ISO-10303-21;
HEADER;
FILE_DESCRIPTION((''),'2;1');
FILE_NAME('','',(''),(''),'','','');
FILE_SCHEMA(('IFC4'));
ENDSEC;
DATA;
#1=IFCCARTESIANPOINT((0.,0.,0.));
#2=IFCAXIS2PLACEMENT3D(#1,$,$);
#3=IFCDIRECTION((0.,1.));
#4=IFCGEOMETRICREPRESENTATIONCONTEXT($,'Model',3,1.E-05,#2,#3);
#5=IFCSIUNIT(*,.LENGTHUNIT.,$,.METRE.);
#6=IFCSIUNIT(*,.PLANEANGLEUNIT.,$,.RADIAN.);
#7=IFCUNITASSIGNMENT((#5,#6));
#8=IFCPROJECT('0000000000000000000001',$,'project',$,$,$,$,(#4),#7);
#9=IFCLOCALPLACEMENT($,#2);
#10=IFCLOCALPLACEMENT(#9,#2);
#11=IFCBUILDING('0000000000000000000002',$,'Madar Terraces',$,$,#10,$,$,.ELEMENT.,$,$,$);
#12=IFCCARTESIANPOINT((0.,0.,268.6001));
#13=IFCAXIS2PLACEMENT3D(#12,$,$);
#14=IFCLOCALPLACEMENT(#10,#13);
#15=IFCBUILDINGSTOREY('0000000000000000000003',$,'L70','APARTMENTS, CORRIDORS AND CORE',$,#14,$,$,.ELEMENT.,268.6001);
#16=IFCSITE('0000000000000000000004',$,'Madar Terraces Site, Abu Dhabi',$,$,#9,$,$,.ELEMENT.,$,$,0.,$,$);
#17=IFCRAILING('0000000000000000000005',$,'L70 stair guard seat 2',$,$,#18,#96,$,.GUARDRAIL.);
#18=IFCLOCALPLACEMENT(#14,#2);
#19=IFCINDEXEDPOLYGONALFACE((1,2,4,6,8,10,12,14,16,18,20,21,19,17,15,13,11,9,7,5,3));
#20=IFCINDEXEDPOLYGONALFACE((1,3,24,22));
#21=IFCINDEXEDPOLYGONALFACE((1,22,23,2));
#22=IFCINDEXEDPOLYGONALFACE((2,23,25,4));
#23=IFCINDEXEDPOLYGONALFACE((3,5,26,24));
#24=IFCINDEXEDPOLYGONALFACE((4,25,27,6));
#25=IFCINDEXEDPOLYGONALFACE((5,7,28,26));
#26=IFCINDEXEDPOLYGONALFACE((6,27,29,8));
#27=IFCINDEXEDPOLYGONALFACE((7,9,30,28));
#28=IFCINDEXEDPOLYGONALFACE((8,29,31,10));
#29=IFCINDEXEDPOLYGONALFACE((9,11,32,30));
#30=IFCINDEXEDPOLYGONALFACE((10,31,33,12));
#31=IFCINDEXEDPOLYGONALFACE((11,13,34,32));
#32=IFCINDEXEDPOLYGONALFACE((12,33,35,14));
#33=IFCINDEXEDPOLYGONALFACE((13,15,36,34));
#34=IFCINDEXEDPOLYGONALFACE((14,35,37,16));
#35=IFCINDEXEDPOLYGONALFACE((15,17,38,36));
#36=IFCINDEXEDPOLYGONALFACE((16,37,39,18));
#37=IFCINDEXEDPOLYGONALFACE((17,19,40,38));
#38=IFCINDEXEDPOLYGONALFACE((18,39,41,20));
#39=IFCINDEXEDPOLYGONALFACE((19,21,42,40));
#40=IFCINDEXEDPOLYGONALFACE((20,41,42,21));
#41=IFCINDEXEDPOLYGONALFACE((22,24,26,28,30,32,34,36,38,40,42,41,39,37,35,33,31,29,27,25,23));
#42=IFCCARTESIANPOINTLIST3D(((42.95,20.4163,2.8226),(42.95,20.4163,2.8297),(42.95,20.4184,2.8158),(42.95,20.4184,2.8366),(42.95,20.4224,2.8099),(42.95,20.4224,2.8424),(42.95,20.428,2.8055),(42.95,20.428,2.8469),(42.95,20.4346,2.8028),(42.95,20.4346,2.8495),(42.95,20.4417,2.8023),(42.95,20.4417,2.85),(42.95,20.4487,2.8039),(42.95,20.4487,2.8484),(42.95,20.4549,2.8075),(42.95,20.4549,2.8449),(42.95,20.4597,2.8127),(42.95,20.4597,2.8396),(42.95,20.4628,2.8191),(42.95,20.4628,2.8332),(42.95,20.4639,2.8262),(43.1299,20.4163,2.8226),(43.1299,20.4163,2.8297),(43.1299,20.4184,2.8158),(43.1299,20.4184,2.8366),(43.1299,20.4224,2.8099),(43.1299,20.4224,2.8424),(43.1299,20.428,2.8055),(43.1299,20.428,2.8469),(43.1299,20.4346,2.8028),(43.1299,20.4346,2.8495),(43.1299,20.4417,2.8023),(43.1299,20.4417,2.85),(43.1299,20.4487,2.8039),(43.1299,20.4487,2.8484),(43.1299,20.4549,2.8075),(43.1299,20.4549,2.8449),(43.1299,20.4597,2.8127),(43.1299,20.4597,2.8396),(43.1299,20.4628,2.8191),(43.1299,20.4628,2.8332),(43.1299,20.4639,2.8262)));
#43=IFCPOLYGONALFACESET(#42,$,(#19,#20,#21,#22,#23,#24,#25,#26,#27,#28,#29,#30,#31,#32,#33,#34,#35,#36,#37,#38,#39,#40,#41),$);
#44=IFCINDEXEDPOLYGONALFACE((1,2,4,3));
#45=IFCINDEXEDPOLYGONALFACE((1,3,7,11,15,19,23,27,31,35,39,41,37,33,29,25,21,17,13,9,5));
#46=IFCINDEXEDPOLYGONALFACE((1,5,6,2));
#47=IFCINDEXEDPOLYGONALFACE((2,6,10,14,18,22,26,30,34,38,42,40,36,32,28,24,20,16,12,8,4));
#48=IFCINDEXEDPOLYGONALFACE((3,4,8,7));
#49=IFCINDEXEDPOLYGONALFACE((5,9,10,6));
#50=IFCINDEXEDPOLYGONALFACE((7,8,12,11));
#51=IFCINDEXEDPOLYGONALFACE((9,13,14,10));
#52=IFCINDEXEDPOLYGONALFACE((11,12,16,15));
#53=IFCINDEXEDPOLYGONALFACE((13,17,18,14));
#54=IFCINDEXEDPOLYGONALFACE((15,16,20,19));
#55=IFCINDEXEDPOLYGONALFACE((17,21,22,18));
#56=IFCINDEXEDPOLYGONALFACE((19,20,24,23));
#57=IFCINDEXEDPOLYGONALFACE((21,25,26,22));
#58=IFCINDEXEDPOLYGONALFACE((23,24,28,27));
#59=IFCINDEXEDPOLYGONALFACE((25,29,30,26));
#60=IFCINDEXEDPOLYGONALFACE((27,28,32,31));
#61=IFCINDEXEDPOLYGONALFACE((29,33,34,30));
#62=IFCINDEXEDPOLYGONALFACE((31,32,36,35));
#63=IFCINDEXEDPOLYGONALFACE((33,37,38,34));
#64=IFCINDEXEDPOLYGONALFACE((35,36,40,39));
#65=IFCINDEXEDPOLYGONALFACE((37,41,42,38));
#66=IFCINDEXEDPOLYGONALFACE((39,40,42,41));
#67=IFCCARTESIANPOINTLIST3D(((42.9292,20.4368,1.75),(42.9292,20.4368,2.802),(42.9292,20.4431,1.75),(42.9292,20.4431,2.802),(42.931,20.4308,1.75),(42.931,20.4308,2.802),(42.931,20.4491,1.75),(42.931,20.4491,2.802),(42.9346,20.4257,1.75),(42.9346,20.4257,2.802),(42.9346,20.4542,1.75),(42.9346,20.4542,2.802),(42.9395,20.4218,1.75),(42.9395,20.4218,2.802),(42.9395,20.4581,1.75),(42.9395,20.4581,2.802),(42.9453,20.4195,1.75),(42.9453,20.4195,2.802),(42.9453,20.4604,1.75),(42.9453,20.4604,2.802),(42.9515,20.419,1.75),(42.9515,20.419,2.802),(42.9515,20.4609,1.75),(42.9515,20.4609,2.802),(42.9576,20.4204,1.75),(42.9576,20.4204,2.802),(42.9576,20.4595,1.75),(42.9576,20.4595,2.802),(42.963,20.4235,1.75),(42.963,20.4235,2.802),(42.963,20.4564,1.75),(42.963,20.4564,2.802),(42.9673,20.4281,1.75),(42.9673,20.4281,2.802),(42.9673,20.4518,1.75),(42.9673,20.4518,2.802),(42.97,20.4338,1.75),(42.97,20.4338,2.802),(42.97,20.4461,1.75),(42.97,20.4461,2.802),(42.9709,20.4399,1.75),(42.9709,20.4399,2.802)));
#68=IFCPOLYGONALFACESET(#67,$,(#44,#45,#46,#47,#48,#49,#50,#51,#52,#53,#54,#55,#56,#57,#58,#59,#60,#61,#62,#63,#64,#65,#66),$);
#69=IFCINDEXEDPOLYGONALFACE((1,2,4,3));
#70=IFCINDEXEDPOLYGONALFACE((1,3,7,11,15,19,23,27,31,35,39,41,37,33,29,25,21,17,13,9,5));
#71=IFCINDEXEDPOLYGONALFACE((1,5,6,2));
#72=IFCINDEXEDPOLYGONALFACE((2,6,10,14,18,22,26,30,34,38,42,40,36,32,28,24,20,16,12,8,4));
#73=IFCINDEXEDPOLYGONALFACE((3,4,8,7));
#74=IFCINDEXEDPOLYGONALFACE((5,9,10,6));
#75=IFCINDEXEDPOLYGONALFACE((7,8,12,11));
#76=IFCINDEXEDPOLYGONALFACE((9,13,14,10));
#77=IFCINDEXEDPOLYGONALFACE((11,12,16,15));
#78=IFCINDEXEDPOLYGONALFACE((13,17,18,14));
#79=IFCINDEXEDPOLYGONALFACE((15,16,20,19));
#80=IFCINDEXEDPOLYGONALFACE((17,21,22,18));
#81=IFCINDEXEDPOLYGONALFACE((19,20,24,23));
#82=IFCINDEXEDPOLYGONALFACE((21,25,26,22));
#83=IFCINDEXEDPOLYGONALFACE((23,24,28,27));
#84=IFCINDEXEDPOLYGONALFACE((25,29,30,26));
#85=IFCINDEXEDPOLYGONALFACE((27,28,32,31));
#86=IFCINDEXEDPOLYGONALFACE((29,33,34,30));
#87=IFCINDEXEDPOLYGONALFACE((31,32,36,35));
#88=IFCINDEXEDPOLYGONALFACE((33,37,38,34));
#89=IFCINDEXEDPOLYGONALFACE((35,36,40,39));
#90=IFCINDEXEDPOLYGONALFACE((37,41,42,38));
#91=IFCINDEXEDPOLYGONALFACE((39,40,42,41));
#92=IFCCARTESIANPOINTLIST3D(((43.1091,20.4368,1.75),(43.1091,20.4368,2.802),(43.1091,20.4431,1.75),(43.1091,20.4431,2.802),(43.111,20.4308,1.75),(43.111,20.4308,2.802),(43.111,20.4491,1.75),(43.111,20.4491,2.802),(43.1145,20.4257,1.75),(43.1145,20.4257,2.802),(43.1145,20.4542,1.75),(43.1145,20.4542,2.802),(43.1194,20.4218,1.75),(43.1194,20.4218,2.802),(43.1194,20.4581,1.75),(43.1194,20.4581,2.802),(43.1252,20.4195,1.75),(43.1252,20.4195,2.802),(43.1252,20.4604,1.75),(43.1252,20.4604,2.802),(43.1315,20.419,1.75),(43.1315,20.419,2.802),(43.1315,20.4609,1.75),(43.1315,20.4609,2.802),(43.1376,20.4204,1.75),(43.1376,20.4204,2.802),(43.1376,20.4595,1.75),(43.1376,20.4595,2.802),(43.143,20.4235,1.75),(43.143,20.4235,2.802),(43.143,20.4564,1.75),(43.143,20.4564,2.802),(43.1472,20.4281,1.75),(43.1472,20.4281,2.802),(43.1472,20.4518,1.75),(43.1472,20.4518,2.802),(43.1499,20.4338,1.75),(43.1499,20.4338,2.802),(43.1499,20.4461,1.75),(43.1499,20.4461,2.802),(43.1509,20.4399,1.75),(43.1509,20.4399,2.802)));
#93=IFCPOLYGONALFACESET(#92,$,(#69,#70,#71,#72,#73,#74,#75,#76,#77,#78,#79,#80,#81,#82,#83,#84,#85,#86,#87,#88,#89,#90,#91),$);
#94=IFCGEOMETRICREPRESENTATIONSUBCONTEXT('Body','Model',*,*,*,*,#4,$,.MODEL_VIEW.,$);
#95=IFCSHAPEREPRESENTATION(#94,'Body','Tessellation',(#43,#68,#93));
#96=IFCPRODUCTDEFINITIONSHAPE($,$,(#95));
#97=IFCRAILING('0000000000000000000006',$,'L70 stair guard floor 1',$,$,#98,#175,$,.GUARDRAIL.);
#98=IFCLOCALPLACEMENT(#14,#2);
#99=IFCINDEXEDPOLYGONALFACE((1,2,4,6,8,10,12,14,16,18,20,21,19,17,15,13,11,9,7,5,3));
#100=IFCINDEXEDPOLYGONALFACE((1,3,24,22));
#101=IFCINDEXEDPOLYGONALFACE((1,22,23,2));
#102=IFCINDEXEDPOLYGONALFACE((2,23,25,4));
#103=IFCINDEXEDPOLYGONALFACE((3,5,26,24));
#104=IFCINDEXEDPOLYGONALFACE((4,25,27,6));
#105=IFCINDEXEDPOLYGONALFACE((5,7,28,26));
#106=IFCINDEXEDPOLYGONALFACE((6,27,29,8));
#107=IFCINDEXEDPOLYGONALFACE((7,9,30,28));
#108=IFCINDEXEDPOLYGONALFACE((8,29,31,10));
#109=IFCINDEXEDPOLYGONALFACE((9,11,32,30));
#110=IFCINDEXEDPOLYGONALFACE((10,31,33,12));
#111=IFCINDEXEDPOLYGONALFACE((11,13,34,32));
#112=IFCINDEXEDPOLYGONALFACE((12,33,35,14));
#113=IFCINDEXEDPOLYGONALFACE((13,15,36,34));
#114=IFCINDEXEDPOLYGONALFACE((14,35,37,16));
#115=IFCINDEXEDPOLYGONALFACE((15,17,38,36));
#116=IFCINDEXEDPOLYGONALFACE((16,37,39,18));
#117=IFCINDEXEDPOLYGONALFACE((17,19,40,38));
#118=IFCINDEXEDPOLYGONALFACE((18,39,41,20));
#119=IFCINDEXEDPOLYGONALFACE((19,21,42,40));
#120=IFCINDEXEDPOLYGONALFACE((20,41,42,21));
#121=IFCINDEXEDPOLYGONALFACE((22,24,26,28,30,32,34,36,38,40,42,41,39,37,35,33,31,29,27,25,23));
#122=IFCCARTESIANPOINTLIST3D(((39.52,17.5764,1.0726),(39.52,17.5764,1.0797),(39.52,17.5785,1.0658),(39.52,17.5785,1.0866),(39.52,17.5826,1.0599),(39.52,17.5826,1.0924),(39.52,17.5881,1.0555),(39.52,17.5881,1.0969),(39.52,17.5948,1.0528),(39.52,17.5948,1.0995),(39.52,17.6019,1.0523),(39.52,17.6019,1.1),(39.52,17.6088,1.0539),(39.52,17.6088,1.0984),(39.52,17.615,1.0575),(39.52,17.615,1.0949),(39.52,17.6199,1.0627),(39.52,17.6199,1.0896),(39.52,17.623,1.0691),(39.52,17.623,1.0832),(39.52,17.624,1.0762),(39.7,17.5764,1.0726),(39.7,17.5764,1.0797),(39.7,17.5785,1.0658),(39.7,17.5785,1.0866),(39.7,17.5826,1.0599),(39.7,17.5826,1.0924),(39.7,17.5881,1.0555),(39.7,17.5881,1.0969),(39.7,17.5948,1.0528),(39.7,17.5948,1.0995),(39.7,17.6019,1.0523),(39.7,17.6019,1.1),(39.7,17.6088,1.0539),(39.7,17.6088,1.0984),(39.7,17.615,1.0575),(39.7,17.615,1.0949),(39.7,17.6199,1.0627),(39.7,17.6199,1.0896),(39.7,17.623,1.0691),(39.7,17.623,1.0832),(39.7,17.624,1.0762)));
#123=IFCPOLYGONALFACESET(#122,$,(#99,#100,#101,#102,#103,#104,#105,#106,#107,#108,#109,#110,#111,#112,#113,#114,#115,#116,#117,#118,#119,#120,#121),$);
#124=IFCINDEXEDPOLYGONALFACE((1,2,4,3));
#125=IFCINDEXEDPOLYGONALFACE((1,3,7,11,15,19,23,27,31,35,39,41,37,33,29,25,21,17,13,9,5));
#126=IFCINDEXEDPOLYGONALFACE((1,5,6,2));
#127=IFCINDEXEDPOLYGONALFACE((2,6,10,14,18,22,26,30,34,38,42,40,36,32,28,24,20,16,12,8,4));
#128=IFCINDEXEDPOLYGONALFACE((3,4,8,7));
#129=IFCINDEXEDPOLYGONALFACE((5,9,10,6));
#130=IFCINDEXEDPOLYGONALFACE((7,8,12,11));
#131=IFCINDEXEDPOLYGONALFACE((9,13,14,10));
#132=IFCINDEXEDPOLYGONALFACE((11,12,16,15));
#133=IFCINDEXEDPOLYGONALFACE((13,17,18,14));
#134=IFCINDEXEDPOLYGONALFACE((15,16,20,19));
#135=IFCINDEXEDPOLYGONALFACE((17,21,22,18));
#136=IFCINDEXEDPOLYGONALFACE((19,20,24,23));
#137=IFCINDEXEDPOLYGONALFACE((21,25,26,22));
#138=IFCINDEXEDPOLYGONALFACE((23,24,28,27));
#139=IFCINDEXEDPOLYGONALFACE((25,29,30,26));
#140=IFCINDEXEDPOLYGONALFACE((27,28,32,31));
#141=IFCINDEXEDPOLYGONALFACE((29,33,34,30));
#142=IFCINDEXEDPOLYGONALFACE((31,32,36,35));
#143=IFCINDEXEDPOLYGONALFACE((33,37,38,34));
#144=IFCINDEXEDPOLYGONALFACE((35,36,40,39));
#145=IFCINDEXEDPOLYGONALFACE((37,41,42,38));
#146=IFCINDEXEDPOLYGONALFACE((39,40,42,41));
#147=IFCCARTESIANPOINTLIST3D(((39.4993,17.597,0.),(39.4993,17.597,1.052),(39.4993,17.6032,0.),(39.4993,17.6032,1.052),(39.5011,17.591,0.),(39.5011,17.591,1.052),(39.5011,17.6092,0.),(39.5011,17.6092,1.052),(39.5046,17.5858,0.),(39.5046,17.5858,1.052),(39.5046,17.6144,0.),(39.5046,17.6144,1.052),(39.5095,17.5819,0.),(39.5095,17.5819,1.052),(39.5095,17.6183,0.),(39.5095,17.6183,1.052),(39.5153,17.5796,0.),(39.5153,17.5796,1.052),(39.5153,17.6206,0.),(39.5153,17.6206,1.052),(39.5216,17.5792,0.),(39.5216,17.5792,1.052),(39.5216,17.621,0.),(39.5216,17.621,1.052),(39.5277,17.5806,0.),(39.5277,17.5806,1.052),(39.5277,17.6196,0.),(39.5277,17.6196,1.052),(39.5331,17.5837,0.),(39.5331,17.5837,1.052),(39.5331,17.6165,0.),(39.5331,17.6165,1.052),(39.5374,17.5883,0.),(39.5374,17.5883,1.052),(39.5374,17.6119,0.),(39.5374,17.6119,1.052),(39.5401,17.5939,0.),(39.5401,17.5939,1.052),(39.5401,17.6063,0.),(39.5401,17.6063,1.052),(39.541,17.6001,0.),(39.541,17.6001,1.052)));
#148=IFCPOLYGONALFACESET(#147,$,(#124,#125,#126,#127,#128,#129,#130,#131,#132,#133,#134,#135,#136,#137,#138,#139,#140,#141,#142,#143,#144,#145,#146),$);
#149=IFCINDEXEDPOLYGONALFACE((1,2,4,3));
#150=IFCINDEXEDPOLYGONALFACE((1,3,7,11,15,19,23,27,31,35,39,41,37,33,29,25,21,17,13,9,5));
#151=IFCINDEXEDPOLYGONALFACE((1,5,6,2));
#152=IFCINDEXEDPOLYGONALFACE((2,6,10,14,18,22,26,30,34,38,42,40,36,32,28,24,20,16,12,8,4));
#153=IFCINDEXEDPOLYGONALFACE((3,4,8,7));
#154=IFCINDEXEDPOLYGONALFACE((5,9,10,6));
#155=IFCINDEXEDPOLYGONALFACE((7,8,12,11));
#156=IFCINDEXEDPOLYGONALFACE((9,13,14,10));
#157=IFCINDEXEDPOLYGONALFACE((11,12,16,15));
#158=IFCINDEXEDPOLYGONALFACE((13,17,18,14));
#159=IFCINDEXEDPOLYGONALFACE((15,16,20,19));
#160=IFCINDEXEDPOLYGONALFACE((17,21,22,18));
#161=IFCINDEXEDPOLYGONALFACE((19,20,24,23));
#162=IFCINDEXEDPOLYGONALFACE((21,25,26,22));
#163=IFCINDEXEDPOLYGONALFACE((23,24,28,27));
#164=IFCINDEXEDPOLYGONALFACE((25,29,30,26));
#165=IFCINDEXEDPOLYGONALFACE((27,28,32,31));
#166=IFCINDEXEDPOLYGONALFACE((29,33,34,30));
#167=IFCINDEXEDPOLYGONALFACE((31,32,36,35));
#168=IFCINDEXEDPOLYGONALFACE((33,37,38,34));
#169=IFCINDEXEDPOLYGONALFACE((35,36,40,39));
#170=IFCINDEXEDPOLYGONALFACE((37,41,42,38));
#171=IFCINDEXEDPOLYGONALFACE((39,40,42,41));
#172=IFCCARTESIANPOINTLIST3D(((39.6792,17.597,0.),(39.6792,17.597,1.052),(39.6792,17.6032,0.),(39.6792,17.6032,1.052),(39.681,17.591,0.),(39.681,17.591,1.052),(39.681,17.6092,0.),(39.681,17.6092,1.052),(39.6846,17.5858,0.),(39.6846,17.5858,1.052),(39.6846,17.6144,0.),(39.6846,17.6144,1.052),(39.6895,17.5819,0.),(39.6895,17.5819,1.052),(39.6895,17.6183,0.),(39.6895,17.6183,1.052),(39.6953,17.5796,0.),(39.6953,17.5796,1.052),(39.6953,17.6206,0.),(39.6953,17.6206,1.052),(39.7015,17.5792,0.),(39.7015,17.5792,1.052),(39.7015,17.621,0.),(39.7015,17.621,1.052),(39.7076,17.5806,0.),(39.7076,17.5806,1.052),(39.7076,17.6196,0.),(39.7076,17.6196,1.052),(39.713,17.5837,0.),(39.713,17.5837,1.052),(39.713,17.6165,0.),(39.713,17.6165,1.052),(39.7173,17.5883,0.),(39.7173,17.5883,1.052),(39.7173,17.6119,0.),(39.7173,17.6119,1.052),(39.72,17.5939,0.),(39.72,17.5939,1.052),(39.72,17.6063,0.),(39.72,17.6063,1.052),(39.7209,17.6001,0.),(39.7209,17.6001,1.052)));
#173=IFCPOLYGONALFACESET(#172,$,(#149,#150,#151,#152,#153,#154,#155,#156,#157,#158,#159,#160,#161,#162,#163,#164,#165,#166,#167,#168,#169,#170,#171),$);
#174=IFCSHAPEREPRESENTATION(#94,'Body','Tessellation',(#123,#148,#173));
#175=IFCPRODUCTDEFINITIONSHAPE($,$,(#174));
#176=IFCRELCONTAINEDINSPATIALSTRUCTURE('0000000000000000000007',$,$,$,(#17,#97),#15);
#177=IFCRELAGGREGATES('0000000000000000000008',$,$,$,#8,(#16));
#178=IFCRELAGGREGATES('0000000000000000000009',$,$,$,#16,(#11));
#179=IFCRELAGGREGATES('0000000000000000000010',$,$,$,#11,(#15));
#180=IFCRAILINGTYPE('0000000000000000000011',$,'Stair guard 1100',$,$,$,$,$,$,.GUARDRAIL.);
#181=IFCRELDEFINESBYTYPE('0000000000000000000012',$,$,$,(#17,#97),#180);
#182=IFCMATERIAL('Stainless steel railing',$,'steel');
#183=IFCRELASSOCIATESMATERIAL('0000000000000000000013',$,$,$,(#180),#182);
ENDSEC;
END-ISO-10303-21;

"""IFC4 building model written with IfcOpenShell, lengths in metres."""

from ifc_helpers import new_model, si_unit, direction, frame, origin, origin_2d, place, context, subcontext, project, spatial, circle, extrude, material, type_object, element, save


model = new_model("IFC4")

# Units and contexts
model_context = context("Model", 3, precision=1e-05, world=origin(), true_north=direction((0.0, 1.0)))
body_context = subcontext(model_context, "Body", "Model", "MODEL_VIEW")
ifc_project = project(units=[si_unit("LENGTHUNIT", "METRE"), si_unit("PLANEANGLEUNIT", "RADIAN")], contexts=[model_context])

# Site, building, storey
site_placement = place(None, origin())
site = spatial("IfcSite", under=ifc_project, at=site_placement, Name="Madar Terraces Site, Abu Dhabi", CompositionType="ELEMENT", RefElevation=0.0)
building_placement = place(site_placement, origin())
building = spatial("IfcBuilding", under=site, at=building_placement, Name="Madar Terraces", CompositionType="ELEMENT")
storey_placement = place(building_placement, frame((0.0, 0.0, 268.6001)))
storey = spatial("IfcBuildingStorey", under=building, at=storey_placement, Name="L70", Description="APARTMENTS, CORRIDORS AND CORE", CompositionType="ELEMENT", Elevation=268.6001)

# Railings
ifc_material_1 = material(Name="Stainless steel railing", Category="steel")
railing_type_1 = type_object("IfcRailingType", Name="Stair guard 1100", PredefinedType="GUARDRAIL", material=ifc_material_1)
for number, where, name in (
    (1, (42.95, 20.4399, 1.75), "L70 stair guard seat 2"),
    (2, (39.52, 17.6001, 0.0), "L70 stair guard floor 1"),
):
    element("IfcRailing", number, at=place(storey_placement, frame(where)), inside=storey, type_object=railing_type_1, Name=name, PredefinedType="GUARDRAIL", context=body_context, shape_type="SweptSolid", body=[
        extrude(circle(Radius=0.0239, at=origin_2d()), frame((0.0, 0.0, 1.0762), z_axis=(1.0, 0.0, 0.0), x_axis=(0.0, 1.0, 0.0)), (0.0, 0.0, 1.0), 0.1799),
        extrude(circle(Radius=0.021, at=origin_2d()), origin(), (0.0, 0.0, 1.0), 1.052),
        extrude(circle(Radius=0.021, at=origin_2d()), frame((0.1799, 0.0, 0.0)), (0.0, 0.0, 1.0), 1.052),
    ])

save(model, "model.ifc")
